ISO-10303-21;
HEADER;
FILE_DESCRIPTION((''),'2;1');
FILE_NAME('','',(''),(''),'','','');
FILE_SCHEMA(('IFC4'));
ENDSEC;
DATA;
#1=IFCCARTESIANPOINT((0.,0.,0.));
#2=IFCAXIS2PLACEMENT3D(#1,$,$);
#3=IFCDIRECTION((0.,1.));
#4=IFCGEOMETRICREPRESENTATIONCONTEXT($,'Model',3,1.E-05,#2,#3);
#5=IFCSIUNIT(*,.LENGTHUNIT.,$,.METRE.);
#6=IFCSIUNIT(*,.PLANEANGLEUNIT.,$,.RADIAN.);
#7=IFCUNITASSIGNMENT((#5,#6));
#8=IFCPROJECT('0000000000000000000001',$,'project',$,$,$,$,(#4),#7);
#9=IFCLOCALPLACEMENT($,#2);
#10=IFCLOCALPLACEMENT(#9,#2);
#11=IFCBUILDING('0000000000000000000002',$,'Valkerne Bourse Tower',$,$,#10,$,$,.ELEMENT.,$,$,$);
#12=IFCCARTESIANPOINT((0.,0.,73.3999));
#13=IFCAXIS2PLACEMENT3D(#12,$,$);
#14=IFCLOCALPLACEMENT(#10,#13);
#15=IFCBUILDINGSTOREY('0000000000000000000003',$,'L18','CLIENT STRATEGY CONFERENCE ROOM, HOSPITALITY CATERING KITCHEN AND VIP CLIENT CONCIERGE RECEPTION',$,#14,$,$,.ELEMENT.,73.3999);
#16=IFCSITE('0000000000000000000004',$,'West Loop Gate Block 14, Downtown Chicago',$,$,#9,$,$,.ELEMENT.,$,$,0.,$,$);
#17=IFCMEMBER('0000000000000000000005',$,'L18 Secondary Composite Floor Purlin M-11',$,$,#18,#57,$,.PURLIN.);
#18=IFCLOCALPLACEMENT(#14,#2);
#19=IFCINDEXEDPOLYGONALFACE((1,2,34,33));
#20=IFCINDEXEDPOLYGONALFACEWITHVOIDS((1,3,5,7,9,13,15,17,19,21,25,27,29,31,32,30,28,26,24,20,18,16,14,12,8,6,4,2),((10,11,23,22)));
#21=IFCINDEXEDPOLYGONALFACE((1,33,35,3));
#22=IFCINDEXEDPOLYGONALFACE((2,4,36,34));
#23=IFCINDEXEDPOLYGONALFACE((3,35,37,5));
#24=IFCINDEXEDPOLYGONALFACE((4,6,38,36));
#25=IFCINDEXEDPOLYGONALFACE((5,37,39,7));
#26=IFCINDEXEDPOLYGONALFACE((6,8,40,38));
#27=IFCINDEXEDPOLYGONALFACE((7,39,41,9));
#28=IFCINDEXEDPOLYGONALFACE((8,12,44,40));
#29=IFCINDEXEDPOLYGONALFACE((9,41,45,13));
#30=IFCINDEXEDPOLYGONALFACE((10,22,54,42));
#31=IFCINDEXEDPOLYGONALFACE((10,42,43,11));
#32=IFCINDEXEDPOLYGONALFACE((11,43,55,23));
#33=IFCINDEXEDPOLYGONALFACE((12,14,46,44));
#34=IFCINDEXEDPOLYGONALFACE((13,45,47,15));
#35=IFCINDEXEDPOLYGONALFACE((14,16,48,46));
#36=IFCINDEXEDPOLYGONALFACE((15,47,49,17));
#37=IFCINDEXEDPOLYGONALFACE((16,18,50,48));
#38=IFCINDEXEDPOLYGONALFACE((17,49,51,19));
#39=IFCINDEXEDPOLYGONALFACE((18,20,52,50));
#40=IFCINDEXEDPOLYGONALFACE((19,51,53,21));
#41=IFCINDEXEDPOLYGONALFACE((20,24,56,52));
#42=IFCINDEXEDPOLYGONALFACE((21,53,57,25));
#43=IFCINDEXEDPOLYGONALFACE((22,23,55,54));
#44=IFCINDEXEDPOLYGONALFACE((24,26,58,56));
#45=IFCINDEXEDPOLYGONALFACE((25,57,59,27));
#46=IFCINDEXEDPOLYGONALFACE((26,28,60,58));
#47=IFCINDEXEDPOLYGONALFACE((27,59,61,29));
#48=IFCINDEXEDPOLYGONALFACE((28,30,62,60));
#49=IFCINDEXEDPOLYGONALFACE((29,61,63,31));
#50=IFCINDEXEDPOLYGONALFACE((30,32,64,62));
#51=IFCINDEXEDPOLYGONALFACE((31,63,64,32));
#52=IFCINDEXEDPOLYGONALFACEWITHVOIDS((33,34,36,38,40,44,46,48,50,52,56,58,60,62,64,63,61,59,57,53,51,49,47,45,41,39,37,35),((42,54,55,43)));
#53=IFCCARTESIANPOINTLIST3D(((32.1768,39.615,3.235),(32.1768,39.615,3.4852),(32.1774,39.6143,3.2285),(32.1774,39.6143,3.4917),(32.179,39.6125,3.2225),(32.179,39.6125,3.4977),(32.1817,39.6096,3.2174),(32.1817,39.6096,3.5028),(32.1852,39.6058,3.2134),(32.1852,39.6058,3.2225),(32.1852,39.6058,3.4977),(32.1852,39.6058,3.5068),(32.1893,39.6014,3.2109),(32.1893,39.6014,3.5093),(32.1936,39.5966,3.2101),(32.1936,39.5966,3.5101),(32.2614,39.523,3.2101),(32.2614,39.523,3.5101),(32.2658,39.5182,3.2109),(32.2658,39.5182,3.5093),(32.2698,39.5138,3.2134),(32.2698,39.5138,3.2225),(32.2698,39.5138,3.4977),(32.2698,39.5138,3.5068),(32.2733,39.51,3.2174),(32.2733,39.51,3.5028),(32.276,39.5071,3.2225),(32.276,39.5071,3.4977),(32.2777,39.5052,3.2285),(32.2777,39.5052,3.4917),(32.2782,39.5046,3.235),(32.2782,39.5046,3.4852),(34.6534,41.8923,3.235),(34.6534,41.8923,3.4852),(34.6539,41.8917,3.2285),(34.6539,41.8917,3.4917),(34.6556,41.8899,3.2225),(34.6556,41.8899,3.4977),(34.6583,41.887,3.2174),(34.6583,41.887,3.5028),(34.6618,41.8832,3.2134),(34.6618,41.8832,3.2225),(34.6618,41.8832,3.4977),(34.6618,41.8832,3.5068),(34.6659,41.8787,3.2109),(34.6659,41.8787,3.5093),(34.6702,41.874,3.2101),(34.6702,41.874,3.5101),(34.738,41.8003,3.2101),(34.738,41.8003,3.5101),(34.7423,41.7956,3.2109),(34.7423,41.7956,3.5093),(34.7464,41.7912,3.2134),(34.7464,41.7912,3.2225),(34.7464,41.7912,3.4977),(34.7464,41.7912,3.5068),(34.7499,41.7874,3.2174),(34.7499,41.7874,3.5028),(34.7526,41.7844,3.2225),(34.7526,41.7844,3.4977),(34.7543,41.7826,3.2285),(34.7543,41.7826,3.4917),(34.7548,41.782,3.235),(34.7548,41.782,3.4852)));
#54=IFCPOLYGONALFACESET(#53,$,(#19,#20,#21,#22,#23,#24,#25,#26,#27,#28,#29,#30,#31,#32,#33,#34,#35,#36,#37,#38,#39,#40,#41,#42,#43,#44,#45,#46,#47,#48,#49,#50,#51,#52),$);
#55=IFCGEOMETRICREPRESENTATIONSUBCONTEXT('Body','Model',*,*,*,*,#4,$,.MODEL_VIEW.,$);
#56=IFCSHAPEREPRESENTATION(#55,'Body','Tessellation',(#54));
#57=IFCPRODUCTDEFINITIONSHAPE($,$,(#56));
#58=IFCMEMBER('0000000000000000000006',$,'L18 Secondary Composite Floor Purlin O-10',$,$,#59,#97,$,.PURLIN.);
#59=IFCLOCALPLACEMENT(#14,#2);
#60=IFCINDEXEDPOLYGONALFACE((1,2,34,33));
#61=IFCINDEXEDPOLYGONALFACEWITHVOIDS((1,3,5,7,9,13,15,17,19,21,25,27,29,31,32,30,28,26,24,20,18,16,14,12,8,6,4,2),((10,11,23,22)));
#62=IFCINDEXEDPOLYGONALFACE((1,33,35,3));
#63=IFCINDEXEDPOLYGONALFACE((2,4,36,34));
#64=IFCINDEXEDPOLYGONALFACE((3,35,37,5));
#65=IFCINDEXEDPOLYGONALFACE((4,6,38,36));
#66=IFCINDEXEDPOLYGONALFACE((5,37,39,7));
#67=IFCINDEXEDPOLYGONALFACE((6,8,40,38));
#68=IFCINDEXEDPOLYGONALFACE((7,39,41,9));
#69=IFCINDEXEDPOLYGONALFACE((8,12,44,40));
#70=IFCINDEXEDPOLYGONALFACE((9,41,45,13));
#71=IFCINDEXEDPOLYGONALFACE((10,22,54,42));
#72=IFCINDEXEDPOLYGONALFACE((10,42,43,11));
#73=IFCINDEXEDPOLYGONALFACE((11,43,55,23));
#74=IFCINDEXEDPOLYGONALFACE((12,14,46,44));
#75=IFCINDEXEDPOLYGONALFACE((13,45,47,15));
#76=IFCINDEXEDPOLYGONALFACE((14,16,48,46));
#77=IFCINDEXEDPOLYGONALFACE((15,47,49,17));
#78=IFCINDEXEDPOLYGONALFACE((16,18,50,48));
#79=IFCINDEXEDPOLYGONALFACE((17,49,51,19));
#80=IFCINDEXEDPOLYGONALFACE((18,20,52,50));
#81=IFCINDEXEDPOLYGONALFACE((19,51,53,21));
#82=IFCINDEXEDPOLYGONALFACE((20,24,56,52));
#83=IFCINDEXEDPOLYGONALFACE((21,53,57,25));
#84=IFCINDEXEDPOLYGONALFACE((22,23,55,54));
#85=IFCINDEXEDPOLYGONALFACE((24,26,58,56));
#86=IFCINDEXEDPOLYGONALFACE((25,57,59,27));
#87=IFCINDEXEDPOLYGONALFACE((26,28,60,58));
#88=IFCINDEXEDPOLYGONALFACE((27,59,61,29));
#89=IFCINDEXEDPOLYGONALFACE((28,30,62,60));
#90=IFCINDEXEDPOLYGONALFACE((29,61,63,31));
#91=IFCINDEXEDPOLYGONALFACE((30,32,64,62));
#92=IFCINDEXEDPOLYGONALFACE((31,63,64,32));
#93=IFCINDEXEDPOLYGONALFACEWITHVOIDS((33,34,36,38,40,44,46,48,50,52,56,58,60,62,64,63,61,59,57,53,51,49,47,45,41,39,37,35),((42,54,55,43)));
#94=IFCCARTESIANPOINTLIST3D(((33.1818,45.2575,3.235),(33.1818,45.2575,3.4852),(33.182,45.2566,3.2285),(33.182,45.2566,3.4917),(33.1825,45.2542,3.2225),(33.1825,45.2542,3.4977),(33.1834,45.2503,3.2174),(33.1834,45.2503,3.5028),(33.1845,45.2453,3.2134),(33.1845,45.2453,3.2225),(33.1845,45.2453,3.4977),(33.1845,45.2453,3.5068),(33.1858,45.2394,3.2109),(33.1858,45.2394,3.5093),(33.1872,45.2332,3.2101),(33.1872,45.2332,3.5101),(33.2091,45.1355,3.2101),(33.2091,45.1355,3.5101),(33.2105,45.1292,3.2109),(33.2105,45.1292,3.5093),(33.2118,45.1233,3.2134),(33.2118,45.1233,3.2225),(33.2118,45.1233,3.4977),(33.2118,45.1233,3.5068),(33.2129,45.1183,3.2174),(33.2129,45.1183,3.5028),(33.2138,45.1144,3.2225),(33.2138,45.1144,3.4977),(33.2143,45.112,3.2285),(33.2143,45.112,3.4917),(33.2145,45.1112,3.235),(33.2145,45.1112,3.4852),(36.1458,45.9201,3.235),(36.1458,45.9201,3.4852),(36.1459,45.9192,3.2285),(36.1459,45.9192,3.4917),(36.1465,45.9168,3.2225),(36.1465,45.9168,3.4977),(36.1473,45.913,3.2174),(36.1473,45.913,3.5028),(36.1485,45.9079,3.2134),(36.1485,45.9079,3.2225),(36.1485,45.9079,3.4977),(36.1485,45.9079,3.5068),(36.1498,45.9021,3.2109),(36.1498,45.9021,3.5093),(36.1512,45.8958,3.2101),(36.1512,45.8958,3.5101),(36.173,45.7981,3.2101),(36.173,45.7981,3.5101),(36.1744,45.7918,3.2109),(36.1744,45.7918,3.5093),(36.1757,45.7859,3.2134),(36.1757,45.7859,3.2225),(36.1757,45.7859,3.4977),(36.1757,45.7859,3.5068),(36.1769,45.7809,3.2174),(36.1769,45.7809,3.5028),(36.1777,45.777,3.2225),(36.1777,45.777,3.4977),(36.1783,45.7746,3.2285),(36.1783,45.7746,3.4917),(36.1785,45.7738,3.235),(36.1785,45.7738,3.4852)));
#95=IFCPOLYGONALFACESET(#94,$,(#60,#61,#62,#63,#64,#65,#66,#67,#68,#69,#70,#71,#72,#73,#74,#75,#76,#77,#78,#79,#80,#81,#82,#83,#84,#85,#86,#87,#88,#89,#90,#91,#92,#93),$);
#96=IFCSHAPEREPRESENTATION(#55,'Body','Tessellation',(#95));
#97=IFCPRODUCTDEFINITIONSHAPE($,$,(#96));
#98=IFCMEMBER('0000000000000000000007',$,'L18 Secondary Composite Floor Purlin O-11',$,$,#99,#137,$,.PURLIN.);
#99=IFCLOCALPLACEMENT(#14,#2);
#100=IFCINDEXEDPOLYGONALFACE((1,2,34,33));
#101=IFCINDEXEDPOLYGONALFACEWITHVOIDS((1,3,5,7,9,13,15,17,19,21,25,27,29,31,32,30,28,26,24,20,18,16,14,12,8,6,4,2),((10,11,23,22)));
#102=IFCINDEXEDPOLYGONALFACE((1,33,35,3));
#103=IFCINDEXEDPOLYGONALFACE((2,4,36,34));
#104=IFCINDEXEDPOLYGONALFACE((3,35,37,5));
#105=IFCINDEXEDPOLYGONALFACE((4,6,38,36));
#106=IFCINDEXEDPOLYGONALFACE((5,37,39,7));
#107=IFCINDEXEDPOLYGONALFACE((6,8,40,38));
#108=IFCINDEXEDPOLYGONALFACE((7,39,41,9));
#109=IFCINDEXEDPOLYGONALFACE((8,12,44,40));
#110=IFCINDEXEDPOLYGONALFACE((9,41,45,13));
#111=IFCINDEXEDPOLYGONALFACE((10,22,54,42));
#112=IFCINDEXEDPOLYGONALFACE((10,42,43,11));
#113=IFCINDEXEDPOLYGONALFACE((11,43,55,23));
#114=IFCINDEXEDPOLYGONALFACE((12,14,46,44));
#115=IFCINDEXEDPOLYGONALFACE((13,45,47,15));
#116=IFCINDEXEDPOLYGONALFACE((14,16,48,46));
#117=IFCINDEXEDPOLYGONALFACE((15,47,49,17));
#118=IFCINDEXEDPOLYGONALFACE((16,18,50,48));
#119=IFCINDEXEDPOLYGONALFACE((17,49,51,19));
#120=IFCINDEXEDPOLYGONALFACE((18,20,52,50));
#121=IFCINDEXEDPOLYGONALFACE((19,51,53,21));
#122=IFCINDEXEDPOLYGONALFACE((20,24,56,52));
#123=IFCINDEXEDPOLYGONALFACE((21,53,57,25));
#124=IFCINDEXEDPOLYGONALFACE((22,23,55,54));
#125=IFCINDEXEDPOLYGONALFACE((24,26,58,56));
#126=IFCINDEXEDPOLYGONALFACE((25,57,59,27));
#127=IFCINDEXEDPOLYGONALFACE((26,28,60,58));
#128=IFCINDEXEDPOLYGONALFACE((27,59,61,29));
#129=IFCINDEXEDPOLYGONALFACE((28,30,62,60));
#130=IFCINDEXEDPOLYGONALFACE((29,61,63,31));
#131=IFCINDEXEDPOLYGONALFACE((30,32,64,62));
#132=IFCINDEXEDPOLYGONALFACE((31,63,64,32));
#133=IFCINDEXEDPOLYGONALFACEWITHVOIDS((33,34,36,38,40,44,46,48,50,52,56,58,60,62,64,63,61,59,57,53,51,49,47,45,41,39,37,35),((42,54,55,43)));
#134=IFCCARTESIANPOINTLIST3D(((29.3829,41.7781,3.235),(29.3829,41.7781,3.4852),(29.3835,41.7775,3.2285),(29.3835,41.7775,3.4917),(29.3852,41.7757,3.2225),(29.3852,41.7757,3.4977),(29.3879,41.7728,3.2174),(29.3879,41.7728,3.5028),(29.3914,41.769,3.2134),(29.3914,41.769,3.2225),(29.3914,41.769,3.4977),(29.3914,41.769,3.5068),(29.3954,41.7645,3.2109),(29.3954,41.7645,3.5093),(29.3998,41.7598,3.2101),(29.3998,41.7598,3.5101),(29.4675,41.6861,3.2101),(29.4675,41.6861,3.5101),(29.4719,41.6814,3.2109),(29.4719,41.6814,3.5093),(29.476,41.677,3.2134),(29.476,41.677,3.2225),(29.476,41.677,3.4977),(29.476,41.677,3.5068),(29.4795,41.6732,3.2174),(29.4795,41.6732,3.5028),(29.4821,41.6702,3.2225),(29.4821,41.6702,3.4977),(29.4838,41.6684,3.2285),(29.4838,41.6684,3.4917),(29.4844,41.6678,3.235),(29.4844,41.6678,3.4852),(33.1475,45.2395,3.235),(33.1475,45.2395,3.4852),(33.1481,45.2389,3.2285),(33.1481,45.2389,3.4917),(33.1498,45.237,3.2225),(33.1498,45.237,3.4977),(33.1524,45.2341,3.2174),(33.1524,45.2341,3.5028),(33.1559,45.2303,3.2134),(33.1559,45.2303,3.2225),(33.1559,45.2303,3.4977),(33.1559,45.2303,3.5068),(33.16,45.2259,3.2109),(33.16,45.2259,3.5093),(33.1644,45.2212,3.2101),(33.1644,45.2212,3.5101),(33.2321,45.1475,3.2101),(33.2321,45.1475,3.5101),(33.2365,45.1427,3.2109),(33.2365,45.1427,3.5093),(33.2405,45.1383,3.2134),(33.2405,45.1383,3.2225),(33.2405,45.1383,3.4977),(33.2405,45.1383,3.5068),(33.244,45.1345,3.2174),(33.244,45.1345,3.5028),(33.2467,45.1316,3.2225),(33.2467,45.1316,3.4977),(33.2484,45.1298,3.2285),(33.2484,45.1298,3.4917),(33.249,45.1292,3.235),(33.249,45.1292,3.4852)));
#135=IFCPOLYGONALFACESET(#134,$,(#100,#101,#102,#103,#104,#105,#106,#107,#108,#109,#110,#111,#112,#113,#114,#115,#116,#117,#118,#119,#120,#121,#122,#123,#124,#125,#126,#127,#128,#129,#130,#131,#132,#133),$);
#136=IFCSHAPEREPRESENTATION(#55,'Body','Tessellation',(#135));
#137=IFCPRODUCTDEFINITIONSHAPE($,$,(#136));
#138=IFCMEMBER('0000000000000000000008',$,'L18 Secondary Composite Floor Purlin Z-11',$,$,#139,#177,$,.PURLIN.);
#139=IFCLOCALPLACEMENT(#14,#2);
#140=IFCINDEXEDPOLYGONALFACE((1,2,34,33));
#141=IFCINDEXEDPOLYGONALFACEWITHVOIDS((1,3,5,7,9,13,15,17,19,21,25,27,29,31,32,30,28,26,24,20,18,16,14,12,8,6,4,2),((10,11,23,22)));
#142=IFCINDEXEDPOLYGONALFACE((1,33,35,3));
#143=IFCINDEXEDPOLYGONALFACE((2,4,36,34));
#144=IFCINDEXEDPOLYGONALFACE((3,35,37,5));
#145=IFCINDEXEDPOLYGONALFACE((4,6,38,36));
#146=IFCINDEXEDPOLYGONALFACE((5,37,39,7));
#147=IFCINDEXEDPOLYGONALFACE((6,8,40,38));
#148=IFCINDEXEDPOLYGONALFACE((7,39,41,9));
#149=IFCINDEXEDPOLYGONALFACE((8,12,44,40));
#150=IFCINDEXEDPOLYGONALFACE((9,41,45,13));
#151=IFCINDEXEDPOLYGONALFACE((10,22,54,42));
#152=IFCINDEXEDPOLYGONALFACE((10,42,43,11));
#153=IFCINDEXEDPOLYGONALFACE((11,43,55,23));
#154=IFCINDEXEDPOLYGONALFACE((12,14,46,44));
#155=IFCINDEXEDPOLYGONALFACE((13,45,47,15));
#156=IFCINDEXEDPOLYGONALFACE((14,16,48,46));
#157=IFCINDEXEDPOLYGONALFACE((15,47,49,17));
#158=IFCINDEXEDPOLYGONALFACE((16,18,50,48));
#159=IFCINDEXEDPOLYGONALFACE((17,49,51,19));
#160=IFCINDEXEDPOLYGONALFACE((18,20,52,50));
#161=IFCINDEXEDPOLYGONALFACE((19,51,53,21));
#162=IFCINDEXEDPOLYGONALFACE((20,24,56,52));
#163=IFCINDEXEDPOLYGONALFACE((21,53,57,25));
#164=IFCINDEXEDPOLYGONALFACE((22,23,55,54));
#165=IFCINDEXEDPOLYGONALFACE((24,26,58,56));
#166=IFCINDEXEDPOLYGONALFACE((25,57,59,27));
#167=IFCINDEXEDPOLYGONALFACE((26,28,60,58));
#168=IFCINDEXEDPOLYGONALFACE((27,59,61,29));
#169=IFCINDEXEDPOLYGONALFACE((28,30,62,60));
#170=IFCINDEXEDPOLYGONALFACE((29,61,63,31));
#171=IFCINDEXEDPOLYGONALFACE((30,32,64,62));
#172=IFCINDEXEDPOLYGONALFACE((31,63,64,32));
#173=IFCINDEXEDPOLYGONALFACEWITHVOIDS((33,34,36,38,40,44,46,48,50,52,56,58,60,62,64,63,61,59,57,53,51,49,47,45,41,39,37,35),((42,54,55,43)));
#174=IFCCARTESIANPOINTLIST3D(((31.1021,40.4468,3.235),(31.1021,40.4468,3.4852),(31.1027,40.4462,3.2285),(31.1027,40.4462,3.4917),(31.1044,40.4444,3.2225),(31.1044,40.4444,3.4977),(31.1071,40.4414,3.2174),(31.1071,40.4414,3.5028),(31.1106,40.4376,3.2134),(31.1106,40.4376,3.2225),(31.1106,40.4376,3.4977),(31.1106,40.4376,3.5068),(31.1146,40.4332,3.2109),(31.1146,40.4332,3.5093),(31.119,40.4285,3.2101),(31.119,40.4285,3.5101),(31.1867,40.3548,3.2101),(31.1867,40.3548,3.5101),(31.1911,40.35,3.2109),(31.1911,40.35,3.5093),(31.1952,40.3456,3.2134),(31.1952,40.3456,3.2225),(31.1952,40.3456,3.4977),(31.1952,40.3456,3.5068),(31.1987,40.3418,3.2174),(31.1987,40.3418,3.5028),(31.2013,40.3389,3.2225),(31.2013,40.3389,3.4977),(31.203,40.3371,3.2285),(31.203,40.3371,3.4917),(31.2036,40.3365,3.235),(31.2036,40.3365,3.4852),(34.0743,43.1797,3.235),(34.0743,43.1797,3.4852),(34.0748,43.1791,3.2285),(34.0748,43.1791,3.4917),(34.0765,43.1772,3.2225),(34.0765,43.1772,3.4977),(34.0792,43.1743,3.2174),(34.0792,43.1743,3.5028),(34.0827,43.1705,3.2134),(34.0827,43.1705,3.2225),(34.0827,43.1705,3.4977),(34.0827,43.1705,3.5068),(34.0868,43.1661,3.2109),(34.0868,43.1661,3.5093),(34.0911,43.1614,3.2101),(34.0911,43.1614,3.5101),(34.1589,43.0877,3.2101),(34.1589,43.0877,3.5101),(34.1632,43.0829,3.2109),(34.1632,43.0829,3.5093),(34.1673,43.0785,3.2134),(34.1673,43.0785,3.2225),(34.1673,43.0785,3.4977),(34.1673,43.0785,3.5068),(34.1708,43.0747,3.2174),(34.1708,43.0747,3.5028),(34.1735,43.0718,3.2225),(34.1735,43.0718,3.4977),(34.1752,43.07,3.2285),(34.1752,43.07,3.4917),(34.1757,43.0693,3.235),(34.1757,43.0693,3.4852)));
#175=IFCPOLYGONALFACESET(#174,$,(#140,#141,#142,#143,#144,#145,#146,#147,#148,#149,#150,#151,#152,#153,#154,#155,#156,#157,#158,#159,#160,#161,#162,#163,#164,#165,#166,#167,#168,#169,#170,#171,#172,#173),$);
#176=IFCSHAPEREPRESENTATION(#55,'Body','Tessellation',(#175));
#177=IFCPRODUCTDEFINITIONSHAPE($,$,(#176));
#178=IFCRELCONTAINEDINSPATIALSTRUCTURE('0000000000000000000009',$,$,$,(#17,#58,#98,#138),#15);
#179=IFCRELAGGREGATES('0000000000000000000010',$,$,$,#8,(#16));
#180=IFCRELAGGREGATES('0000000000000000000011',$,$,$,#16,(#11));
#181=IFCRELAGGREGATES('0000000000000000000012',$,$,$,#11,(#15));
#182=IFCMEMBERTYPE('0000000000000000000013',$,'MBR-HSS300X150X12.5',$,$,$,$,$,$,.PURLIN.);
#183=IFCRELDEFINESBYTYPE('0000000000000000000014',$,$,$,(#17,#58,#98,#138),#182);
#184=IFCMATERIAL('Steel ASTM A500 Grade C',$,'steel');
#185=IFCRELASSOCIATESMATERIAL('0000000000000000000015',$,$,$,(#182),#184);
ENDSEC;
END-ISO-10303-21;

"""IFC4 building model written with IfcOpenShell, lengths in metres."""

from ifc_helpers import new_model, si_unit, direction, frame, origin, origin_2d, place, context, subcontext, project, spatial, hollow_rectangle, extrude, material, material_profile, profile_set, type_object, element, save


model = new_model("IFC4")

# Units and contexts
model_context = context("Model", 3, precision=1e-05, world=origin(), true_north=direction((0.0, 1.0)))
body_context = subcontext(model_context, "Body", "Model", "MODEL_VIEW")
ifc_project = project(units=[si_unit("LENGTHUNIT", "METRE"), si_unit("PLANEANGLEUNIT", "RADIAN")], contexts=[model_context])

# Site, building, storey
site_placement = place(None, origin())
site = spatial("IfcSite", under=ifc_project, at=site_placement, Name="West Loop Gate Block 14, Downtown Chicago", CompositionType="ELEMENT", RefElevation=0.0)
building_placement = place(site_placement, origin())
building = spatial("IfcBuilding", under=site, at=building_placement, Name="Valkerne Bourse Tower", CompositionType="ELEMENT")
storey_placement = place(building_placement, frame((0.0, 0.0, 73.3999)))
storey = spatial("IfcBuildingStorey", under=building, at=storey_placement, Name="L18", Description="CLIENT STRATEGY CONFERENCE ROOM, HOSPITALITY CATERING KITCHEN AND VIP CLIENT CONCIERGE RECEPTION", CompositionType="ELEMENT", Elevation=73.3999)

# Members
ifc_material_1 = material(Name="Steel ASTM A500 Grade C", Category="steel")
ifc_material_profile_1 = material_profile(ifc_material_1, hollow_rectangle(XDim=0.1499, YDim=0.3, WallThickness=0.0125, OuterFilletRadius=0.0249, at=origin_2d()), Name="HSS300X150X12.5")
ifc_profile_set_1 = profile_set([ifc_material_profile_1], Name="Steel ASTM A500 Grade C")
member_type_1 = type_object("IfcMemberType", Name="MBR-HSS300X150X12.5", PredefinedType="PURLIN", material=ifc_profile_set_1)
member_1_placement = place(storey_placement, frame((34.7041, 41.8372, 3.3601), z_axis=(-0.736093, -0.67688, 0.0), x_axis=(0.67688, -0.736093, 0.0)))
element("IfcMember", 1, at=member_1_placement, inside=storey, type_object=member_type_1, Name="L18 Secondary Composite Floor Purlin M-11", PredefinedType="PURLIN", context=body_context, shape_type="SweptSolid", body=[
    extrude(hollow_rectangle(XDim=0.1499, YDim=0.3, WallThickness=0.0125, OuterFilletRadius=0.0249, at=origin_2d()), origin(), (0.0, 0.0, 1.0), 3.3645),
])
member_2_placement = place(storey_placement, frame((36.1621, 45.8469, 3.3601), z_axis=(-0.97591, -0.218173, 0.0), x_axis=(0.218173, -0.97591, 0.0)))
element("IfcMember", 2, at=member_2_placement, inside=storey, type_object=member_type_1, Name="L18 Secondary Composite Floor Purlin O-10", PredefinedType="PURLIN", context=body_context, shape_type="SweptSolid", body=[
    extrude(hollow_rectangle(XDim=0.1499, YDim=0.3, WallThickness=0.0125, OuterFilletRadius=0.0249, at=origin_2d()), origin(), (0.0, 0.0, 1.0), 3.0371),
])
member_3_placement = place(storey_placement, frame((33.1982, 45.1843, 3.3601), z_axis=(-0.736131, -0.676839, 0.0), x_axis=(0.676839, -0.736131, 0.0)))
element("IfcMember", 3, at=member_3_placement, inside=storey, type_object=member_type_1, Name="L18 Secondary Composite Floor Purlin O-11", PredefinedType="PURLIN", context=body_context, shape_type="SweptSolid", body=[
    extrude(hollow_rectangle(XDim=0.1499, YDim=0.3, WallThickness=0.0125, OuterFilletRadius=0.0249, at=origin_2d()), origin(), (0.0, 0.0, 1.0), 5.114),
])
member_4_placement = place(storey_placement, frame((34.125, 43.1245, 3.3601), z_axis=(-0.736114, -0.676857, 0.0), x_axis=(0.676857, -0.736114, 0.0)))
element("IfcMember", 4, at=member_4_placement, inside=storey, type_object=member_type_1, Name="L18 Secondary Composite Floor Purlin Z-11", PredefinedType="PURLIN", context=body_context, shape_type="SweptSolid", body=[
    extrude(hollow_rectangle(XDim=0.1499, YDim=0.3, WallThickness=0.0125, OuterFilletRadius=0.0249, at=origin_2d()), origin(), (0.0, 0.0, 1.0), 4.0376),
])

save(model, "model.ifc")
